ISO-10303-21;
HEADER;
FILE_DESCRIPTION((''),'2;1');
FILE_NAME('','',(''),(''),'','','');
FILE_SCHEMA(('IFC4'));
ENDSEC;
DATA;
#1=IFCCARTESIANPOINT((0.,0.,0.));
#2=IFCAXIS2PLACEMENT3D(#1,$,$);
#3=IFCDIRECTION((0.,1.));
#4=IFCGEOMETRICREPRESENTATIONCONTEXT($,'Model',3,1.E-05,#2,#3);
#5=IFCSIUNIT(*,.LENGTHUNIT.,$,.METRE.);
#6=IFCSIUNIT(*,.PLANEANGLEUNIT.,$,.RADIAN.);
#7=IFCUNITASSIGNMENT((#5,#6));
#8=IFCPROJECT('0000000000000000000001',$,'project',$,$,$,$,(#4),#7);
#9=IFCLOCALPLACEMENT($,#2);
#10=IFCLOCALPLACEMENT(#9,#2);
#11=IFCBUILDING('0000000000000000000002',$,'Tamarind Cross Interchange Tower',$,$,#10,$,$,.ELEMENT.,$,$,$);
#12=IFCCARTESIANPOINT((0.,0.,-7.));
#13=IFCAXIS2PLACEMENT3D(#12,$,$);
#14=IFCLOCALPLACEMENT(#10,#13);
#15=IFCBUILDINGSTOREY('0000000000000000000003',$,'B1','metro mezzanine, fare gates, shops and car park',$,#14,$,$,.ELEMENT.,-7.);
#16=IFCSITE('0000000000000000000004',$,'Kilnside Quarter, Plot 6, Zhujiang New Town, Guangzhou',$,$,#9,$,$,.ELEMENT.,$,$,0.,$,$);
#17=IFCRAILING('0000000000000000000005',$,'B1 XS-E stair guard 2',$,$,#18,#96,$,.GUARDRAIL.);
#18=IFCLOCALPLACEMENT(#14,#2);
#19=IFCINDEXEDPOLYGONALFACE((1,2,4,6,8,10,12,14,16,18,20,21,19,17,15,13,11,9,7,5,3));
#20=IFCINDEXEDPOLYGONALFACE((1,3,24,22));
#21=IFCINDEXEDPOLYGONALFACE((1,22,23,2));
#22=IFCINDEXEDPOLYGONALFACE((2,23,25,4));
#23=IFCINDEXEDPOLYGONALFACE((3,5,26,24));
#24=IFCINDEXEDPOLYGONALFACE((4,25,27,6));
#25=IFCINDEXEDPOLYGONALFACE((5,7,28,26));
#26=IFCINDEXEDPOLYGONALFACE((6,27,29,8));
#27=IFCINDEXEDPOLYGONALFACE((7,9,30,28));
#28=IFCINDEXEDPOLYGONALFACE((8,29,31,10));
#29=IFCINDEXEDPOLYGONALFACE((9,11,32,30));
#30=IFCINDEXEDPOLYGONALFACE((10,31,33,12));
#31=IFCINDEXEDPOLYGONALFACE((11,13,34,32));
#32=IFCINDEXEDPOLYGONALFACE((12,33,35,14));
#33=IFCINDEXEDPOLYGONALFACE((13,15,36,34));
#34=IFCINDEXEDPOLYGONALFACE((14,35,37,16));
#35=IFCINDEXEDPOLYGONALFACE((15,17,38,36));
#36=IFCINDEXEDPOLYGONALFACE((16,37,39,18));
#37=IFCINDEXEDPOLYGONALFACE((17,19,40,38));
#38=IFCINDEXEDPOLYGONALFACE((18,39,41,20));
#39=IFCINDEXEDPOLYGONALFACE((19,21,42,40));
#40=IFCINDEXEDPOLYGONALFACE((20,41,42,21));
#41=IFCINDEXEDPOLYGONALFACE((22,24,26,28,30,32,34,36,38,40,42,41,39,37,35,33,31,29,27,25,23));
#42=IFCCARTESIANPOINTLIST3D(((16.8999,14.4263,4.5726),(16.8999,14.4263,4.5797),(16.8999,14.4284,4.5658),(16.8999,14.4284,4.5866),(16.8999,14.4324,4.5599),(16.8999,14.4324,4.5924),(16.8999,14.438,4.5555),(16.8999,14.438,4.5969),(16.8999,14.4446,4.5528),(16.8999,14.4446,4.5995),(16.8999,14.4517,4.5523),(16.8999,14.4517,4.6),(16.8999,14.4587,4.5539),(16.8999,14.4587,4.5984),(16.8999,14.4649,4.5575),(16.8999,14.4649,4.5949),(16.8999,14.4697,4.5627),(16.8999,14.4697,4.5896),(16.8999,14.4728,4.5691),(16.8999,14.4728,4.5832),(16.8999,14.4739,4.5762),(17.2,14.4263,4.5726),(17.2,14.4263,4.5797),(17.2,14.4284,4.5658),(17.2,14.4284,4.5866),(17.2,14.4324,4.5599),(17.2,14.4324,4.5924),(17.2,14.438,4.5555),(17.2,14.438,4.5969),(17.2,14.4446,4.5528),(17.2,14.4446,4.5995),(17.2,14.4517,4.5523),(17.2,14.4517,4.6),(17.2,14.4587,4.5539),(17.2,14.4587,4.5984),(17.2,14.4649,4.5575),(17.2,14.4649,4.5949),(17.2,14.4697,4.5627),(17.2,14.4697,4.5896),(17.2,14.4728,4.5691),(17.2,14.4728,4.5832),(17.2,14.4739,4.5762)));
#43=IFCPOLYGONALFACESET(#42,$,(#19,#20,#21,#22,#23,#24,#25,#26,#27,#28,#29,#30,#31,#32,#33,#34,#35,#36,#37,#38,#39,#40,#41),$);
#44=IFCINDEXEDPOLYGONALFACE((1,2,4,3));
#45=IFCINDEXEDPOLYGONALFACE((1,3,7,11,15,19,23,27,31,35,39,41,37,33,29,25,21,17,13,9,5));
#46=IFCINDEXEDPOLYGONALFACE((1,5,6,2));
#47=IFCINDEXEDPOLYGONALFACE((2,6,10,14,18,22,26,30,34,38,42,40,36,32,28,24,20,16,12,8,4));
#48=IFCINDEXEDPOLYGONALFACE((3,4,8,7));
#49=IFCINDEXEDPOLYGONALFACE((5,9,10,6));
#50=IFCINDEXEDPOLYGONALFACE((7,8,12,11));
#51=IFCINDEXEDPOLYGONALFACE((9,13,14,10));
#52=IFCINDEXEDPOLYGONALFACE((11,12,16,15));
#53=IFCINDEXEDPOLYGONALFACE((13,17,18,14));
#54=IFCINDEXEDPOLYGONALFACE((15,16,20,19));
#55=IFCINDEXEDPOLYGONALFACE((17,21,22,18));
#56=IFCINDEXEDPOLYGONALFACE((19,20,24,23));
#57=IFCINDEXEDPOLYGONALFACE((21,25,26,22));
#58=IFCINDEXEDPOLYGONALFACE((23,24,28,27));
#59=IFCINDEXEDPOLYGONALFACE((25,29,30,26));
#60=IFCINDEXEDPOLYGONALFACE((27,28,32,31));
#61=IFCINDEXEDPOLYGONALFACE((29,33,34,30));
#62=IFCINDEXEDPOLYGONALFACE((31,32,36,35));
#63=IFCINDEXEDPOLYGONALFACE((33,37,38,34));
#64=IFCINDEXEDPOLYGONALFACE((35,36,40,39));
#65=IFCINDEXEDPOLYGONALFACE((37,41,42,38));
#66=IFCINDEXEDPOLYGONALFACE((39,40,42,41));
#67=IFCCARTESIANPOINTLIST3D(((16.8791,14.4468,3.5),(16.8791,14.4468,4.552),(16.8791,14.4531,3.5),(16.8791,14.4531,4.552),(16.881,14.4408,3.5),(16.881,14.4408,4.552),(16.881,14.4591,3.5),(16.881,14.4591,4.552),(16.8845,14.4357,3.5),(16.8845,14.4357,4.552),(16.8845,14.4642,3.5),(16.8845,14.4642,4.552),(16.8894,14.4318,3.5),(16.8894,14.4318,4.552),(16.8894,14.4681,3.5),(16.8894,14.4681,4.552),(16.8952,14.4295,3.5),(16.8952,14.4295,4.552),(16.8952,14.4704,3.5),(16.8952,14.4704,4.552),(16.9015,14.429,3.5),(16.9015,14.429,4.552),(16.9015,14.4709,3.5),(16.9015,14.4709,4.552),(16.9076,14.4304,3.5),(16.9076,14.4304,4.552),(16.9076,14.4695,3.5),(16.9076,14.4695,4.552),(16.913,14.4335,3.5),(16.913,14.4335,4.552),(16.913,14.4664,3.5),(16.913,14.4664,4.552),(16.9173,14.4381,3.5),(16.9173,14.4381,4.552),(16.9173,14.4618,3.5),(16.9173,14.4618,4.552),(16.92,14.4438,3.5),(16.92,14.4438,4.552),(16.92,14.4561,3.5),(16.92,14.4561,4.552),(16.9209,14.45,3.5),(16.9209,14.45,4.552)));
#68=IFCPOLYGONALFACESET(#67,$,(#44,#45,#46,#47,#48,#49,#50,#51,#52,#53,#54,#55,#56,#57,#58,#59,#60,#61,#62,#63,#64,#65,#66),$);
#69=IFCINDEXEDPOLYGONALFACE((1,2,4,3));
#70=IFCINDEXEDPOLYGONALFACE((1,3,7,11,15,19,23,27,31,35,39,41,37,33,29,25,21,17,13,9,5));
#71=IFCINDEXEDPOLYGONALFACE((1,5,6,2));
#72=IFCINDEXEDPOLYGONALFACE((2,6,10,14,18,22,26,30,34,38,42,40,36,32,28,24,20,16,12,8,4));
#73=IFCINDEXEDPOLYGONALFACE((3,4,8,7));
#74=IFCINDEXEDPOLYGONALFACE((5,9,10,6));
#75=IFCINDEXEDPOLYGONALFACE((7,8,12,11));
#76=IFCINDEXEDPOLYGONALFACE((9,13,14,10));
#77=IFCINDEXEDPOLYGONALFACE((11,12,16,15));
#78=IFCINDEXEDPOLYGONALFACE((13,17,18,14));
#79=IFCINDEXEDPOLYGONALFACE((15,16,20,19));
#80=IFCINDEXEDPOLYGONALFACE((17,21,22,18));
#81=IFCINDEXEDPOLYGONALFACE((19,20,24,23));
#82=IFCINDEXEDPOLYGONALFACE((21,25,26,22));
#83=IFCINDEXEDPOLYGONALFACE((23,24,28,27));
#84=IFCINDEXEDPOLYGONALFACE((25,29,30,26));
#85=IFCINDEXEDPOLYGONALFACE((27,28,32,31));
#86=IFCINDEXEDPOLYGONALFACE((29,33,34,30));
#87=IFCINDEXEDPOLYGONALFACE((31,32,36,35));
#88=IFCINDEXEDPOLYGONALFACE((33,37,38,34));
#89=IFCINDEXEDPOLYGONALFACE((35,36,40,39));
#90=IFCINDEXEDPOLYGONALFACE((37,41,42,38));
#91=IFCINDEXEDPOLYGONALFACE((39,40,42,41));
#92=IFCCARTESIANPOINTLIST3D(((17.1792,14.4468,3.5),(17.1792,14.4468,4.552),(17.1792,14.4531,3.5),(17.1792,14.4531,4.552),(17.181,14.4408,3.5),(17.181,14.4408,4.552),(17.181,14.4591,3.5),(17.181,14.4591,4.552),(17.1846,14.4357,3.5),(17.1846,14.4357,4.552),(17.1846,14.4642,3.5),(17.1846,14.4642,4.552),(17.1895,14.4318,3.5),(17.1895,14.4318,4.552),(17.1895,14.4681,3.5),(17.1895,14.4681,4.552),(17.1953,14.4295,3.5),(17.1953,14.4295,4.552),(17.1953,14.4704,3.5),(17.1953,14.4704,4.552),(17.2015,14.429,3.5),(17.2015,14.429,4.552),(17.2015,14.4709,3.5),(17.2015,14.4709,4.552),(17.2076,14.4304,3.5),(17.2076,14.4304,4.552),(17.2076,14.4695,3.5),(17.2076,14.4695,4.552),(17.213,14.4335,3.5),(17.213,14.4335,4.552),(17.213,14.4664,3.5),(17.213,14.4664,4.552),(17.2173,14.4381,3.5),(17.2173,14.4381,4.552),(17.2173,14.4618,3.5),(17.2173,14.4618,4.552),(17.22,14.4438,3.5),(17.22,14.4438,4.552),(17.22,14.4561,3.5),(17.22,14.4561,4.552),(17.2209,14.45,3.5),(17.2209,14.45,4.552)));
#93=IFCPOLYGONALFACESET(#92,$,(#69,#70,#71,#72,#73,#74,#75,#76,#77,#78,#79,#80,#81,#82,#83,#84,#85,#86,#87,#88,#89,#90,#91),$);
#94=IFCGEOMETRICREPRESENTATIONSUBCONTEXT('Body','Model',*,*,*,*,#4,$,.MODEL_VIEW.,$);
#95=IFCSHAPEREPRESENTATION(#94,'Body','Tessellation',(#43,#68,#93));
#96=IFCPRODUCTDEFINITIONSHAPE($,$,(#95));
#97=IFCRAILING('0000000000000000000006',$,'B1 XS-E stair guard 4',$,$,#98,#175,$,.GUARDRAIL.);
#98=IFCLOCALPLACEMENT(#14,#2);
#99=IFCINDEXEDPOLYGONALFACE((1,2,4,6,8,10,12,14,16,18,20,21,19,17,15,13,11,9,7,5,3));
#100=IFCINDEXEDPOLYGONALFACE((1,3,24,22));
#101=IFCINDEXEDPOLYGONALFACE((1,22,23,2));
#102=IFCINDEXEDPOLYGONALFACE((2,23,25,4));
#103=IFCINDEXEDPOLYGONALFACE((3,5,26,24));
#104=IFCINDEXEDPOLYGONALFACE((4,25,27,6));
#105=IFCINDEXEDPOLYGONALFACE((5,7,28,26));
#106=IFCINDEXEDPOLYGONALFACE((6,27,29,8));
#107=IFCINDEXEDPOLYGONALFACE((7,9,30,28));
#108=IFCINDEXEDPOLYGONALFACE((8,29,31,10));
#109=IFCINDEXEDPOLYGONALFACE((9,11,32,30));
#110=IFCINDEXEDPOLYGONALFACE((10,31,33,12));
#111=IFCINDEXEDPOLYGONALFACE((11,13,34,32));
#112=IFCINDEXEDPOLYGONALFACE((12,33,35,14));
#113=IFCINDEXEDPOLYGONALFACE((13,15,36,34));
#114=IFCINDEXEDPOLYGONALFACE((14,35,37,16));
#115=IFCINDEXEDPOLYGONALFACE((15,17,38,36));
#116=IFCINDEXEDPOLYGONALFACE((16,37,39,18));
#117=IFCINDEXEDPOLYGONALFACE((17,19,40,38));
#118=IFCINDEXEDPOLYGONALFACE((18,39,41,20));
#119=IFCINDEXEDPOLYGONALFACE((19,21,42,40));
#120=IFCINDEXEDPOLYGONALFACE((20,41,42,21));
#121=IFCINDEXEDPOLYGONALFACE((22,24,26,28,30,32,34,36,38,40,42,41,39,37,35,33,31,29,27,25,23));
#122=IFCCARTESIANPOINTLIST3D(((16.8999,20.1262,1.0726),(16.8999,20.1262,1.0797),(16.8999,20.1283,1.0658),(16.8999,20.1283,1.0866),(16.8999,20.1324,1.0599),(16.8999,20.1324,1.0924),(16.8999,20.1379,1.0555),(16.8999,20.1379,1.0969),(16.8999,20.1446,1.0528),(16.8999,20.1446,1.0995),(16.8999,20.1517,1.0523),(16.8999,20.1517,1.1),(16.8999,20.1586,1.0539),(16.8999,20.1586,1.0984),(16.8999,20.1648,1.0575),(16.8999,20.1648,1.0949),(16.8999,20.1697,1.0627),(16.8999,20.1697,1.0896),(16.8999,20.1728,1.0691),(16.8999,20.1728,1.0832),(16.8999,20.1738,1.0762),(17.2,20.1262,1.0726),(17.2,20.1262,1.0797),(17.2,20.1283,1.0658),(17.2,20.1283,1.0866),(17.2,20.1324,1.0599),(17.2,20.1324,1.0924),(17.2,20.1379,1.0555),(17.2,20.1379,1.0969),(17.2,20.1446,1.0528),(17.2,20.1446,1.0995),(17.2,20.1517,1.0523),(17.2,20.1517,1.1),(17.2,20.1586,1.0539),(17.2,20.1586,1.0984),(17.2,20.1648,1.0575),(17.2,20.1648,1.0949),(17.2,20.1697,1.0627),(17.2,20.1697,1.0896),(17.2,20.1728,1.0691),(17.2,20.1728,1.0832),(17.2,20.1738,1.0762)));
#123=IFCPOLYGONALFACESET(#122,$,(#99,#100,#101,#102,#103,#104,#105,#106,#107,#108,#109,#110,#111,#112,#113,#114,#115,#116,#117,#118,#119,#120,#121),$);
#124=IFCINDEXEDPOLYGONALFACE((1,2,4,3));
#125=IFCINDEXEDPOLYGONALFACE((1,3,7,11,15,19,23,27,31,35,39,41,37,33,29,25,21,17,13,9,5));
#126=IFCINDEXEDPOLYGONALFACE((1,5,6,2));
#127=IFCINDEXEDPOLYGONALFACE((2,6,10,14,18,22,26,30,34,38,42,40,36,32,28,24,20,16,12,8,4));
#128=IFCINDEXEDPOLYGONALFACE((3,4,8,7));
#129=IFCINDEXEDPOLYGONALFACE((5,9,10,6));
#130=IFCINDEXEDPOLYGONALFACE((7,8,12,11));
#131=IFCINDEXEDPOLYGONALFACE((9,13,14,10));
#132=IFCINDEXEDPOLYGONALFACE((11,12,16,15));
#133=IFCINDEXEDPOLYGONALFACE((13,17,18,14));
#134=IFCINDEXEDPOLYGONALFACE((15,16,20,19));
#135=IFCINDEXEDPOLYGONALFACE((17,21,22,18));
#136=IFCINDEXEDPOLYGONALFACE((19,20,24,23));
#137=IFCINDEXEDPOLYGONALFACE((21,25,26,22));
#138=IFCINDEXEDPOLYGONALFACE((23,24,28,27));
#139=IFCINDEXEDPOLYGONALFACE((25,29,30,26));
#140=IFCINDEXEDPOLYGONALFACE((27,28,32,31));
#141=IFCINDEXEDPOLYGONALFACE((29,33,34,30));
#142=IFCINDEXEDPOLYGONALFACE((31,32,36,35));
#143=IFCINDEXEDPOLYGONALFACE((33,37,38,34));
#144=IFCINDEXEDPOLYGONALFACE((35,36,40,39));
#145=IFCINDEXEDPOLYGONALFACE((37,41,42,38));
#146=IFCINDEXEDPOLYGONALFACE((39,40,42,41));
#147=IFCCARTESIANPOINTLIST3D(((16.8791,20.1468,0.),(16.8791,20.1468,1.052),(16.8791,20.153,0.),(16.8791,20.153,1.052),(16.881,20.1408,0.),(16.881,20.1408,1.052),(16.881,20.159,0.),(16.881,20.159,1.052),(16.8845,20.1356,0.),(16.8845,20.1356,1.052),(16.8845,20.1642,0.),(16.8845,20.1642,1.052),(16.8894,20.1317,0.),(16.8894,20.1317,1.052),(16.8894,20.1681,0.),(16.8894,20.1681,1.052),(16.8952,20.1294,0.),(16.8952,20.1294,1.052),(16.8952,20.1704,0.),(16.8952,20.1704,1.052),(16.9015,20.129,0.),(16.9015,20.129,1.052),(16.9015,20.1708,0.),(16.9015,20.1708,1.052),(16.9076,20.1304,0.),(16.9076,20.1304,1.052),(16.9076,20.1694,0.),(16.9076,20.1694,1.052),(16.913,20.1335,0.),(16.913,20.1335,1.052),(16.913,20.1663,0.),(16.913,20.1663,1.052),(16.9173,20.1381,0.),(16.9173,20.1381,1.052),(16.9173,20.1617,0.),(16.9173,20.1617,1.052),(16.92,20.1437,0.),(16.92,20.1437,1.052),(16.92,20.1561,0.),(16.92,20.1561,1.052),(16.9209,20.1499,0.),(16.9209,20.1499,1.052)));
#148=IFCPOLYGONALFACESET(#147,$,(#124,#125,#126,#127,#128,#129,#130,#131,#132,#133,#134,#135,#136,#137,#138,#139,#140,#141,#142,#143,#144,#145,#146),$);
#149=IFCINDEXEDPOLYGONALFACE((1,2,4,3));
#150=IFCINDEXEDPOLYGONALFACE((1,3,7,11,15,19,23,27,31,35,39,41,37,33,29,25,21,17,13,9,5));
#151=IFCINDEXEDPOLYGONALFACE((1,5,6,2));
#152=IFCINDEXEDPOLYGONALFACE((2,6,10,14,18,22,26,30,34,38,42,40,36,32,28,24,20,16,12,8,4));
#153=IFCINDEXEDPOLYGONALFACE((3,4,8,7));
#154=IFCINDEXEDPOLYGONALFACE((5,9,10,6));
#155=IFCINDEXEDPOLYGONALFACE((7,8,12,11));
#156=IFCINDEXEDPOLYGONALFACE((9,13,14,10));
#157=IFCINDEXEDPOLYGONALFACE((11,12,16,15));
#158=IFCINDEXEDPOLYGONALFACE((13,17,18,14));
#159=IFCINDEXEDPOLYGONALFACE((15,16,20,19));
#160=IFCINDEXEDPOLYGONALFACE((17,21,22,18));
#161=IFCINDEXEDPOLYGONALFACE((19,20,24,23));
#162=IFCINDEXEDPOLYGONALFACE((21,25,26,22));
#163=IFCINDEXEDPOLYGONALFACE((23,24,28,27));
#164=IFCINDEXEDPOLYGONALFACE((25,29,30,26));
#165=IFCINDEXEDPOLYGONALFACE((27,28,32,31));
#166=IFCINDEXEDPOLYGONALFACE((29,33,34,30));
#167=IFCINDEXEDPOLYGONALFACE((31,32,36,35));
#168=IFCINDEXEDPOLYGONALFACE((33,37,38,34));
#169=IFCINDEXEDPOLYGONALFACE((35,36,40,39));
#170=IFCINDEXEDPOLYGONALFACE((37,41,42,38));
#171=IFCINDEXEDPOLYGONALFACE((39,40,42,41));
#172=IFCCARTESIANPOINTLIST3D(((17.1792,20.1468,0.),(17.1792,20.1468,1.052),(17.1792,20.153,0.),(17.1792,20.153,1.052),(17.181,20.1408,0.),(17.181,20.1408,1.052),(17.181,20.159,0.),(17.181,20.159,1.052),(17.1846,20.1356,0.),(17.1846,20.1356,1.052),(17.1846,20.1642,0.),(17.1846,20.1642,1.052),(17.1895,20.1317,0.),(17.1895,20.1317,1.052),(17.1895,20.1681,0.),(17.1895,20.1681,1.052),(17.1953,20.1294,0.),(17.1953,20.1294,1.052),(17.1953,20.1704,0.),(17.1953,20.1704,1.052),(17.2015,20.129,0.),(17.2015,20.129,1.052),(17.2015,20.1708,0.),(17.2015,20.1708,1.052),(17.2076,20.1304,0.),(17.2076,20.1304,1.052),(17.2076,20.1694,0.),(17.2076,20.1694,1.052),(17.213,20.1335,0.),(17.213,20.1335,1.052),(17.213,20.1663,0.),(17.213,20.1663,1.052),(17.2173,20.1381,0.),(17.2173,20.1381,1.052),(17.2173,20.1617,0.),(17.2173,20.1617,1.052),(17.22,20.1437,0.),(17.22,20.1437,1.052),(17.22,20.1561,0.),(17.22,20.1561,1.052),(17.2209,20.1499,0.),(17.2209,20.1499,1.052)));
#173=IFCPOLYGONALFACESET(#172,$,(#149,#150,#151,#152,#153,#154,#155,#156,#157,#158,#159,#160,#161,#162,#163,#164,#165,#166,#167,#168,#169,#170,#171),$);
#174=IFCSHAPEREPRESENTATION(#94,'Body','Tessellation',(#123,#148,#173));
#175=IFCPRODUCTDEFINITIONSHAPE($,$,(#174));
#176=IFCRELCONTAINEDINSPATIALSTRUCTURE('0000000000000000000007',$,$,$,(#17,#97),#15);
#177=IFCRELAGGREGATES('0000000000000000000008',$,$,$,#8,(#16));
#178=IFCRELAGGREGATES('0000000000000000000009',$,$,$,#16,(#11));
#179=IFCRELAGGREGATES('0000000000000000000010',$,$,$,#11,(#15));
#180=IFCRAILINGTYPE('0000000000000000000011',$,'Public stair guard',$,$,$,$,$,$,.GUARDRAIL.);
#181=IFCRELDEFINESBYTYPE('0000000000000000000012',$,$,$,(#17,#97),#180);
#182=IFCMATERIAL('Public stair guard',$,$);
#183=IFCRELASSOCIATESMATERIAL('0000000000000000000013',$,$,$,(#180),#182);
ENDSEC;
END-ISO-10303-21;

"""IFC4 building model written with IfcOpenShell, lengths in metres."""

from ifc_helpers import new_model, si_unit, direction, frame, origin, origin_2d, place, context, subcontext, project, spatial, circle, extrude, material, type_object, element, save


model = new_model("IFC4")

# Units and contexts
model_context = context("Model", 3, precision=1e-05, world=origin(), true_north=direction((0.0, 1.0)))
body_context = subcontext(model_context, "Body", "Model", "MODEL_VIEW")
ifc_project = project(units=[si_unit("LENGTHUNIT", "METRE"), si_unit("PLANEANGLEUNIT", "RADIAN")], contexts=[model_context])

# Site, building, storey
site_placement = place(None, origin())
site = spatial("IfcSite", under=ifc_project, at=site_placement, Name="Kilnside Quarter, Plot 6, Zhujiang New Town, Guangzhou", CompositionType="ELEMENT", RefElevation=0.0)
building_placement = place(site_placement, origin())
building = spatial("IfcBuilding", under=site, at=building_placement, Name="Tamarind Cross Interchange Tower", CompositionType="ELEMENT")
storey_placement = place(building_placement, frame((0.0, 0.0, -7.0)))
storey = spatial("IfcBuildingStorey", under=building, at=storey_placement, Name="B1", Description="metro mezzanine, fare gates, shops and car park", CompositionType="ELEMENT", Elevation=-7.0)

# Railings
ifc_material_1 = material(Name="Public stair guard")
railing_type_1 = type_object("IfcRailingType", Name="Public stair guard", PredefinedType="GUARDRAIL", material=ifc_material_1)
railing_1_placement = place(storey_placement, frame((16.8999, 14.45, 3.5)))
element("IfcRailing", 1, at=railing_1_placement, inside=storey, type_object=railing_type_1, Name="B1 XS-E stair guard 2", PredefinedType="GUARDRAIL", context=body_context, shape_type="SweptSolid", body=[
    extrude(circle(Radius=0.0239, at=origin_2d()), frame((0.0, 0.0, 1.0762), z_axis=(1.0, 0.0, 0.0), x_axis=(0.0, 1.0, 0.0)), (0.0, 0.0, 1.0), 0.3),
    extrude(circle(Radius=0.021, at=origin_2d()), origin(), (0.0, 0.0, 1.0), 1.052),
    extrude(circle(Radius=0.021, at=origin_2d()), frame((0.3, 0.0, 0.0)), (0.0, 0.0, 1.0), 1.052),
])
railing_2_placement = place(storey_placement, frame((16.8999, 20.1499, 0.0)))
element("IfcRailing", 2, at=railing_2_placement, inside=storey, type_object=railing_type_1, Name="B1 XS-E stair guard 4", PredefinedType="GUARDRAIL", context=body_context, shape_type="SweptSolid", body=[
    extrude(circle(Radius=0.0239, at=origin_2d()), frame((0.0, 0.0, 1.0762), z_axis=(1.0, 0.0, 0.0), x_axis=(0.0, 1.0, 0.0)), (0.0, 0.0, 1.0), 0.3),
    extrude(circle(Radius=0.021, at=origin_2d()), origin(), (0.0, 0.0, 1.0), 1.052),
    extrude(circle(Radius=0.021, at=origin_2d()), frame((0.3, 0.0, 0.0)), (0.0, 0.0, 1.0), 1.052),
])

save(model, "model.ifc")
